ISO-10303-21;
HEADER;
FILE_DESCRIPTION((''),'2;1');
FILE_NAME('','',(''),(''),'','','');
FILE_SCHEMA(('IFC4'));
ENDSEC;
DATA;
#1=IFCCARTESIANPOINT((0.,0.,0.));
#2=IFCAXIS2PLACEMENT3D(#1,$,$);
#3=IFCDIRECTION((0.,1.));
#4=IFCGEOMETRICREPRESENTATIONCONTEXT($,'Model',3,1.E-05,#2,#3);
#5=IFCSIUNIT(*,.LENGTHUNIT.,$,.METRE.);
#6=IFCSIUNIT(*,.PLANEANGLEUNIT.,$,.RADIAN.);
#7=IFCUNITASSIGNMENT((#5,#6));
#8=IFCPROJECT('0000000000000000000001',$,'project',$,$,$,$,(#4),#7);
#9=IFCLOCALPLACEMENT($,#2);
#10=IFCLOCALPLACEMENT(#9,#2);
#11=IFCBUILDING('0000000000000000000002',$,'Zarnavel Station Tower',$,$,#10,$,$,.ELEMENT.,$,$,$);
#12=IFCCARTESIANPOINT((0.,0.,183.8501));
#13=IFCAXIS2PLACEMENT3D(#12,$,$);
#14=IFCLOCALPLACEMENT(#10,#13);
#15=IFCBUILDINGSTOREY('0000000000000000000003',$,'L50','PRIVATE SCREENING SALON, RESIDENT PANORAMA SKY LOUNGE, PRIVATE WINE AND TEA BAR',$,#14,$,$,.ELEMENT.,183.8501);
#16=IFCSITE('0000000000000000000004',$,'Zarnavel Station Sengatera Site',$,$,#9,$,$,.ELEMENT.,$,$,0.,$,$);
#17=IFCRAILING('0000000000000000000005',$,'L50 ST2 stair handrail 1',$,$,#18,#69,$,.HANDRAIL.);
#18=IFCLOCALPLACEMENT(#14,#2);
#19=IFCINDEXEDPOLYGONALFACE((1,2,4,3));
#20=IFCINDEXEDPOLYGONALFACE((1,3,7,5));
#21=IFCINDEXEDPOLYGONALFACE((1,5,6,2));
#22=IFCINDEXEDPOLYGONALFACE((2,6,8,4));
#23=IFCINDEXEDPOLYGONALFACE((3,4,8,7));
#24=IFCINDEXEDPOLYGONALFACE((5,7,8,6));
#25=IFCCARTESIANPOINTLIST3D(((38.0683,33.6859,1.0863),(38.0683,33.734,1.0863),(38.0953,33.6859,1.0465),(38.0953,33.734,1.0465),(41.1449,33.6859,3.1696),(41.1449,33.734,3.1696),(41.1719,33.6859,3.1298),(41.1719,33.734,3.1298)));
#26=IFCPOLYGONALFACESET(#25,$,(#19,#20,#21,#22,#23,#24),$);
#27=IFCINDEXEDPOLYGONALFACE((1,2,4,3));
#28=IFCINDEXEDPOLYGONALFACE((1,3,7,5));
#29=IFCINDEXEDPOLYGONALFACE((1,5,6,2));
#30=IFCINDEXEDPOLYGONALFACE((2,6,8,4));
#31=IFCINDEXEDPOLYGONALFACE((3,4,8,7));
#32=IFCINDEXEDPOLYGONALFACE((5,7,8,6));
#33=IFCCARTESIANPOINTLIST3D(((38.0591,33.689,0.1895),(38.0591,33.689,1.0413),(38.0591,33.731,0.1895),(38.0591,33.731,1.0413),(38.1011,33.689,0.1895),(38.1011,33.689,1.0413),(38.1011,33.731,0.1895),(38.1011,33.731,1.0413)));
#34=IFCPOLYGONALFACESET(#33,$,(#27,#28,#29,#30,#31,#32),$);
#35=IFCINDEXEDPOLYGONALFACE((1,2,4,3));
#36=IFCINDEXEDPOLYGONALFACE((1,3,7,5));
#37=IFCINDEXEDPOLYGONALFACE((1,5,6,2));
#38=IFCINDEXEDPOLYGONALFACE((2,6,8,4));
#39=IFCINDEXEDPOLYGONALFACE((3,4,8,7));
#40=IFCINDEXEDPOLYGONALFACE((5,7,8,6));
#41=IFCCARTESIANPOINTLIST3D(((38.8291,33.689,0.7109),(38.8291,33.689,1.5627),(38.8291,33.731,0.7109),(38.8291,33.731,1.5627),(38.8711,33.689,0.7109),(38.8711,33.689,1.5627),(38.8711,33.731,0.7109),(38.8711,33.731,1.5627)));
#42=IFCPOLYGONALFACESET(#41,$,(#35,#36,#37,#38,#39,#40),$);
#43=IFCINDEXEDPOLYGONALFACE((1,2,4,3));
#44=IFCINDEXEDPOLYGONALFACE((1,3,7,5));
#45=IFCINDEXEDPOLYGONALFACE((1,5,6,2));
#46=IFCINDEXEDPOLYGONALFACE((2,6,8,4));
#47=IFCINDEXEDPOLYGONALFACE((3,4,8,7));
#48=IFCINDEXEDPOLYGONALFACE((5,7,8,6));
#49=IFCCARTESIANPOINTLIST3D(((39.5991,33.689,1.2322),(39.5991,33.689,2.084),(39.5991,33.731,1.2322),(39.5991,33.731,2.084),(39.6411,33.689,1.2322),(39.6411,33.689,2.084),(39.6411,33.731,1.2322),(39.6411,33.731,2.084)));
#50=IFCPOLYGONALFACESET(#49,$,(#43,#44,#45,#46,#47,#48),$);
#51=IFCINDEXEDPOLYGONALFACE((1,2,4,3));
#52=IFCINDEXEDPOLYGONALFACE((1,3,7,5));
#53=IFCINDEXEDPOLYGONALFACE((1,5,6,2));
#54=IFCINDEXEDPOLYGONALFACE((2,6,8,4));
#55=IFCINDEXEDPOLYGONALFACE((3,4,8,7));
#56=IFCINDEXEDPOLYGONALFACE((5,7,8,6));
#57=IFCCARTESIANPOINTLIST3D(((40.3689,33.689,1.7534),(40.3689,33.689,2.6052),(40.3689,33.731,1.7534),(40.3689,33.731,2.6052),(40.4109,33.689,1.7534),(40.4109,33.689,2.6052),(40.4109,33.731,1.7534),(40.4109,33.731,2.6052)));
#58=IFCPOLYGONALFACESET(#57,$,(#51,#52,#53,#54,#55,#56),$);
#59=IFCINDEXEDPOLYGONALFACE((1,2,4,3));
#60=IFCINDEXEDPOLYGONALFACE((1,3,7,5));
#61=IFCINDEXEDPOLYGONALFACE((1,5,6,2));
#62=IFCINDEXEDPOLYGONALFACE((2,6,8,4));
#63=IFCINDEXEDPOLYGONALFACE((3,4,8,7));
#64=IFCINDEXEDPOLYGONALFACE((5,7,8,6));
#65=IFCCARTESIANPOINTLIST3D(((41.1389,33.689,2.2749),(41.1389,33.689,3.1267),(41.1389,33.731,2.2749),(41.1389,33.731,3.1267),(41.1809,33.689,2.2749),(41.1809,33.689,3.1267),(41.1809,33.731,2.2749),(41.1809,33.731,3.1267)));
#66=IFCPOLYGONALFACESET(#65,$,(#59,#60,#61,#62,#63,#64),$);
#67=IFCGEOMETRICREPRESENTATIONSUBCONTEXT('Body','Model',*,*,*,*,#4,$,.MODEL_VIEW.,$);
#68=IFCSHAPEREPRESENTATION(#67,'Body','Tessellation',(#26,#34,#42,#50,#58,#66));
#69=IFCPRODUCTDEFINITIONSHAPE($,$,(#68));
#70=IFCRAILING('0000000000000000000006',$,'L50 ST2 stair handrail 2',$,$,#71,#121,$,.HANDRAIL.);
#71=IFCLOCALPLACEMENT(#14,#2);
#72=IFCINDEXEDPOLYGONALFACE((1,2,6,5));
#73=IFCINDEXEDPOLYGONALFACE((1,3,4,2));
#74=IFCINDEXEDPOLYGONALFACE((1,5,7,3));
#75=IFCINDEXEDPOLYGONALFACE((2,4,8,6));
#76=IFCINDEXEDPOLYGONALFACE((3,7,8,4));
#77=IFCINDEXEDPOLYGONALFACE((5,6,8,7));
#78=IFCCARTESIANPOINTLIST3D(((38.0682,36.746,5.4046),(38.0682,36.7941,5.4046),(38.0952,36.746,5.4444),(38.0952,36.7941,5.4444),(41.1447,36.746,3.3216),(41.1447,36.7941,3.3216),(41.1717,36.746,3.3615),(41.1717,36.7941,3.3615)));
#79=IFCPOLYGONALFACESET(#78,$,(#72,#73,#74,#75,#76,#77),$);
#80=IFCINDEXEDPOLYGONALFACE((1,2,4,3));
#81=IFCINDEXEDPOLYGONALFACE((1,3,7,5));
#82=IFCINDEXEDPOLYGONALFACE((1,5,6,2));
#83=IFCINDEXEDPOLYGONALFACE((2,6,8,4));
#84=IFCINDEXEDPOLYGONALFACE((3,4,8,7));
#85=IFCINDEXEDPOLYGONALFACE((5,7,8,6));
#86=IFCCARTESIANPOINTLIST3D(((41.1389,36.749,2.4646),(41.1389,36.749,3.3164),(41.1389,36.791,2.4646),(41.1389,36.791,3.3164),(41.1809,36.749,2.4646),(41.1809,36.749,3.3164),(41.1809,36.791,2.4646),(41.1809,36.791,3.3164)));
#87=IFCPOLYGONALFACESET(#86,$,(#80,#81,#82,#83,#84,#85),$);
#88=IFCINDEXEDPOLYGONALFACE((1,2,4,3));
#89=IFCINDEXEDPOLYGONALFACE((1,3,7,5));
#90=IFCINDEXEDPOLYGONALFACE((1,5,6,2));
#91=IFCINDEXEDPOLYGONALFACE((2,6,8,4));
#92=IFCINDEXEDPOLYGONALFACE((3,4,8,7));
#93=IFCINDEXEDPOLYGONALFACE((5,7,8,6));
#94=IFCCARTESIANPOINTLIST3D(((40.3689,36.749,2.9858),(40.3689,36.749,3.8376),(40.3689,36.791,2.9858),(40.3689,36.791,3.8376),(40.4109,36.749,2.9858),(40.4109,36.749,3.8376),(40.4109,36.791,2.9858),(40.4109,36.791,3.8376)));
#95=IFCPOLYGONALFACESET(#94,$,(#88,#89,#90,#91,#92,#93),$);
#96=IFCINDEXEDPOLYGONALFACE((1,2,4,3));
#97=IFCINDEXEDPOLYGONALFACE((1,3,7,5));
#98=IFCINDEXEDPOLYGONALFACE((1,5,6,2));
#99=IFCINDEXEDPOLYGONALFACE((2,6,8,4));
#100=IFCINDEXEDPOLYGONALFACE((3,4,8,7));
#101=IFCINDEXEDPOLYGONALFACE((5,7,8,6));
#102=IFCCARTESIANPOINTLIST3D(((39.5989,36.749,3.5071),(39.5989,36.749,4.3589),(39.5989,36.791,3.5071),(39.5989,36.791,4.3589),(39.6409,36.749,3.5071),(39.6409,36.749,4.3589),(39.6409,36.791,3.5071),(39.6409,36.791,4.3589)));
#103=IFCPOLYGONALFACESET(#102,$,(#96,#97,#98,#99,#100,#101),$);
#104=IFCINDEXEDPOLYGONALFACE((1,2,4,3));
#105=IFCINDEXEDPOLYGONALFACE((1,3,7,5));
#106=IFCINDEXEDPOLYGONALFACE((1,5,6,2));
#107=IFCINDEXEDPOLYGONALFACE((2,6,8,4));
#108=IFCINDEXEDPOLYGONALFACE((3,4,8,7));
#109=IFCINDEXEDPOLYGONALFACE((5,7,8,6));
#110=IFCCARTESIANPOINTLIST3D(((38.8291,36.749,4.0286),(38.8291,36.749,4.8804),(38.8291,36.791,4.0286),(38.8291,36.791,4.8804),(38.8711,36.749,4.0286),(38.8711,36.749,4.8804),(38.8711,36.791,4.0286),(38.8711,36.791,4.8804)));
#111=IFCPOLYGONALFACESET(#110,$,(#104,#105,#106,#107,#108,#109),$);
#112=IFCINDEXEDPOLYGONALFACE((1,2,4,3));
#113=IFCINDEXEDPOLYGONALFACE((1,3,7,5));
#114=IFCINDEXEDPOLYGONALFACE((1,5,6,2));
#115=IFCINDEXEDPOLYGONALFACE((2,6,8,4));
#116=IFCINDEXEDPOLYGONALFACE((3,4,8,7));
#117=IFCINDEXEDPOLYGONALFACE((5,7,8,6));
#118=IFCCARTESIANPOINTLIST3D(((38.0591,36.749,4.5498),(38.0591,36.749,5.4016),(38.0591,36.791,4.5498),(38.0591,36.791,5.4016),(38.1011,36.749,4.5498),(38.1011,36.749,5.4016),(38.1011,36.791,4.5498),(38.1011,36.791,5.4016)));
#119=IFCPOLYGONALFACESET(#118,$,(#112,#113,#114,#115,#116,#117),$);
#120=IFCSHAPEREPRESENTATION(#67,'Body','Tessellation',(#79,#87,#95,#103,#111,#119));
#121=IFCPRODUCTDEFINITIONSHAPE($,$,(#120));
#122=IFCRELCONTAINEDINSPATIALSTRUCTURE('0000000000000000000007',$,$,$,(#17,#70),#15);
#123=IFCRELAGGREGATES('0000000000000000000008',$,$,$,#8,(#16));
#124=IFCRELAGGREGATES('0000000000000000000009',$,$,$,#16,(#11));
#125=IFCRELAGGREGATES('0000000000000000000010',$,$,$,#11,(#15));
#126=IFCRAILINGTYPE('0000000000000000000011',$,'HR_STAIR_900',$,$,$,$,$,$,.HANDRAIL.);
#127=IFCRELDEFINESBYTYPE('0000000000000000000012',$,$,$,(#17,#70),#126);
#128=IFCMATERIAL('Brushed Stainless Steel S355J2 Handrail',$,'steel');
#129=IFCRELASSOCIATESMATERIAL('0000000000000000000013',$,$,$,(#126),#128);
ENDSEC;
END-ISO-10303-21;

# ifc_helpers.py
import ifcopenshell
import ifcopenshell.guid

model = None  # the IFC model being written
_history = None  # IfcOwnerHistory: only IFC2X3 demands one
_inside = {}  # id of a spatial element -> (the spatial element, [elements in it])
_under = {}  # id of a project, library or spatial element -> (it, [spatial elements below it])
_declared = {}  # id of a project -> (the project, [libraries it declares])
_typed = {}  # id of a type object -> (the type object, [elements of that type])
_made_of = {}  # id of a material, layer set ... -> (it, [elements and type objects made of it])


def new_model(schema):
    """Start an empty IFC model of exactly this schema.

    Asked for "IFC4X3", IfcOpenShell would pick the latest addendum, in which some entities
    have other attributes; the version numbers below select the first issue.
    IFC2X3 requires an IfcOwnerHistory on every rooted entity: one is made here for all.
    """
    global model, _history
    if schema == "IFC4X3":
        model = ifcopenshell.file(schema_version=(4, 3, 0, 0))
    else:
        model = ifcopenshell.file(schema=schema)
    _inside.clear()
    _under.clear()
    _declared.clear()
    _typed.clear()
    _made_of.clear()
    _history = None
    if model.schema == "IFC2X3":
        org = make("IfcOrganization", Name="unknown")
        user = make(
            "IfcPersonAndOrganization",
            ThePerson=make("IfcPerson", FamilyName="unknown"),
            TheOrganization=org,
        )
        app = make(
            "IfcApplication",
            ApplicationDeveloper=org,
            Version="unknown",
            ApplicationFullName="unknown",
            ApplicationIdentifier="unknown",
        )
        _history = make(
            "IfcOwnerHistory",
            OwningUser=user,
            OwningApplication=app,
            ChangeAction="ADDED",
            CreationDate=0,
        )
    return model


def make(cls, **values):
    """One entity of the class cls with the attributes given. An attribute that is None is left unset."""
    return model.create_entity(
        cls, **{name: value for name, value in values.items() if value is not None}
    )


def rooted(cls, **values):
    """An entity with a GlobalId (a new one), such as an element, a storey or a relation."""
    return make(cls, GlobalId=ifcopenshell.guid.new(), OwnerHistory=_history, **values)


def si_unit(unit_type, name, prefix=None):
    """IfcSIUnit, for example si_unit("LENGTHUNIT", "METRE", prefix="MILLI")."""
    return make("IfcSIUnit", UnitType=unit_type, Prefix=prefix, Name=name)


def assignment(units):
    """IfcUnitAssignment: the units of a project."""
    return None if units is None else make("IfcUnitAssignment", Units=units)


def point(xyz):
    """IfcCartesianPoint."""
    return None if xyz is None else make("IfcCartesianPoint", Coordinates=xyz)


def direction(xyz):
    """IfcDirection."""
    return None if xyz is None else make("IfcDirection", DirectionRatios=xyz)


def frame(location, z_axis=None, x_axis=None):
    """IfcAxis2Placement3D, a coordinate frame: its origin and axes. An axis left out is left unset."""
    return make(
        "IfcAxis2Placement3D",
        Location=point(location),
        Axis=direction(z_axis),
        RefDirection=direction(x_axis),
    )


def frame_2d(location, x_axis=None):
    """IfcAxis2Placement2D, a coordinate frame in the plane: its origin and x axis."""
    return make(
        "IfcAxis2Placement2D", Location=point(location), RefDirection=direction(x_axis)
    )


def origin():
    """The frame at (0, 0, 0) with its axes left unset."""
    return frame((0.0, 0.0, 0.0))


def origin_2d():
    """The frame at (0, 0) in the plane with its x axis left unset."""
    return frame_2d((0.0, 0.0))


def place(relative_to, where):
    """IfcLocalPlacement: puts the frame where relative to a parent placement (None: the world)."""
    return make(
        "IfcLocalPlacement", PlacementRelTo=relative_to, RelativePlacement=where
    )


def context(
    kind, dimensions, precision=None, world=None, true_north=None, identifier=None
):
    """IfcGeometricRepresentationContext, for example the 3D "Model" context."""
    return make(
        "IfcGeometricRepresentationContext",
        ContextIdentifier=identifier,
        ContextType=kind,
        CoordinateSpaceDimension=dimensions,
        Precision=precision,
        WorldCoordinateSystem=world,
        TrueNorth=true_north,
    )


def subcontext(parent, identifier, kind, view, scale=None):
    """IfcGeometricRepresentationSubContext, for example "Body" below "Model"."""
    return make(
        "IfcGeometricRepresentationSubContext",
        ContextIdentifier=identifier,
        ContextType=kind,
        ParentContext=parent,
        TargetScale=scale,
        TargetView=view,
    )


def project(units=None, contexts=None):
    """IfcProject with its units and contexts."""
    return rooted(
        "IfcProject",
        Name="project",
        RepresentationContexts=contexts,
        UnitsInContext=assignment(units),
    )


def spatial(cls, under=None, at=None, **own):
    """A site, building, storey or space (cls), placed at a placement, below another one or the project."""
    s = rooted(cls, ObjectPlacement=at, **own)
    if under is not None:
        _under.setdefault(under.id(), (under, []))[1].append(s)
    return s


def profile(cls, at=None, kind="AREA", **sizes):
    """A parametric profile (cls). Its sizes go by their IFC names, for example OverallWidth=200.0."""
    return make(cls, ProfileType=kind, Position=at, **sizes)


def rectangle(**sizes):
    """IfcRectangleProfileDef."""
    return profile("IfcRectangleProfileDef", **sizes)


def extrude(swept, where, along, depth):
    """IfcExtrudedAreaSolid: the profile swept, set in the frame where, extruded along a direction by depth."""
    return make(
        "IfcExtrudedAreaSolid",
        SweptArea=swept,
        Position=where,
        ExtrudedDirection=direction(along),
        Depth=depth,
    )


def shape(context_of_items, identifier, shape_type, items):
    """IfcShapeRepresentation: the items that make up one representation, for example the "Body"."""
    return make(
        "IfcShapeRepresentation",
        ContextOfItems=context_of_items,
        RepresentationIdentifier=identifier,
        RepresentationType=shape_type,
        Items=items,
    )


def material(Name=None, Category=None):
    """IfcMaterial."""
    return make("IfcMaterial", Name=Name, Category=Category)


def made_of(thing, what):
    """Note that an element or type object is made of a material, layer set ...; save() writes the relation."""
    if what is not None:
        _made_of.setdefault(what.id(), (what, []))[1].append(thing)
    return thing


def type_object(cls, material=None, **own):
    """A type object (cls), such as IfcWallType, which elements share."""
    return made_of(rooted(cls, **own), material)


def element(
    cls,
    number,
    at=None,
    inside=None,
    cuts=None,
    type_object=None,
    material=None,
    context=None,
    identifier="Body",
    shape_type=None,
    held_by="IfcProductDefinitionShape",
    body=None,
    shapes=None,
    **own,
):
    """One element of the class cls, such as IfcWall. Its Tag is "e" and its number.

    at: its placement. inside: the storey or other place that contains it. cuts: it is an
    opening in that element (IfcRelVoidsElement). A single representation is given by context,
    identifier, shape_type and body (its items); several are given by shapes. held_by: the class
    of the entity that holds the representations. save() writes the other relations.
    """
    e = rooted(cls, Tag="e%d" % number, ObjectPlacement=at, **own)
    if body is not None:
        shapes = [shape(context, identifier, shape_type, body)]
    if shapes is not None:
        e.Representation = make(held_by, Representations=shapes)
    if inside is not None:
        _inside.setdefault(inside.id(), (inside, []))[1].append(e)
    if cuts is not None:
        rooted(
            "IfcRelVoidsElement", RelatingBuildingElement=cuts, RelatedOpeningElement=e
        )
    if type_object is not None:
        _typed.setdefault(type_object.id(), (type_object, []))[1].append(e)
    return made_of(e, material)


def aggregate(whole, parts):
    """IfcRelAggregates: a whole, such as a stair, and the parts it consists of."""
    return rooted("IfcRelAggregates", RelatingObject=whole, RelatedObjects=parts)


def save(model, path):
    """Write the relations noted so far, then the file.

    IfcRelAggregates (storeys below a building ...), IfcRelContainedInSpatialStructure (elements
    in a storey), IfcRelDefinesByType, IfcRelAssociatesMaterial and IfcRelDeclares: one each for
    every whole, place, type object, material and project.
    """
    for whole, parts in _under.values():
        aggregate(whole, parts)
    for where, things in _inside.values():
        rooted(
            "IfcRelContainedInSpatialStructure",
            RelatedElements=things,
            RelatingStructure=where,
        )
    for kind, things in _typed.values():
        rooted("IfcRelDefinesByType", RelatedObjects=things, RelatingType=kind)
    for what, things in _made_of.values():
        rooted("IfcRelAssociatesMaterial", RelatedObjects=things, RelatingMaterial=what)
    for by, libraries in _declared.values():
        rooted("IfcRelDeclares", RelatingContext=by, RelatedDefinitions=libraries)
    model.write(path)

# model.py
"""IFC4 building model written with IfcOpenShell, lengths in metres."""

from ifc_helpers import new_model, si_unit, direction, frame, origin, origin_2d, place, context, subcontext, project, spatial, rectangle, extrude, material, type_object, element, save


model = new_model("IFC4")

# Units and contexts
model_context = context("Model", 3, precision=1e-05, world=origin(), true_north=direction((0.0, 1.0)))
body_context = subcontext(model_context, "Body", "Model", "MODEL_VIEW")
ifc_project = project(units=[si_unit("LENGTHUNIT", "METRE"), si_unit("PLANEANGLEUNIT", "RADIAN")], contexts=[model_context])

# Site, building, storey
site_placement = place(None, origin())
site = spatial("IfcSite", under=ifc_project, at=site_placement, Name="Zarnavel Station Sengatera Site", CompositionType="ELEMENT", RefElevation=0.0)
building_placement = place(site_placement, origin())
building = spatial("IfcBuilding", under=site, at=building_placement, Name="Zarnavel Station Tower", CompositionType="ELEMENT")
storey_placement = place(building_placement, frame((0.0, 0.0, 183.8501)))
storey = spatial("IfcBuildingStorey", under=building, at=storey_placement, Name="L50", Description="PRIVATE SCREENING SALON, RESIDENT PANORAMA SKY LOUNGE, PRIVATE WINE AND TEA BAR", CompositionType="ELEMENT", Elevation=183.8501)

# Railings
ifc_material_1 = material(Name="Brushed Stainless Steel S355J2 Handrail", Category="steel")
railing_type_1 = type_object("IfcRailingType", Name="HR_STAIR_900", PredefinedType="HANDRAIL", material=ifc_material_1)
railing_1_placement = place(storey_placement, frame((38.0801, 33.71, 0.1895)))
element("IfcRailing", 1, at=railing_1_placement, inside=storey, type_object=railing_type_1, Name="L50 ST2 stair handrail 1", PredefinedType="HANDRAIL", context=body_context, shape_type="SweptSolid", body=[
    extrude(rectangle(XDim=0.0481, YDim=0.0481, at=origin_2d()), frame((0.0017, 0.0, 0.877), z_axis=(0.82803, 0.0, 0.560684), x_axis=(0.0, 1.0, 0.0)), (0.0, 0.0, 1.0), 3.7156),
    extrude(rectangle(XDim=0.042, YDim=0.042, at=origin_2d()), origin(), (0.0, 0.0, 1.0), 0.8518),
    extrude(rectangle(XDim=0.042, YDim=0.042, at=origin_2d()), frame((0.77, 0.0, 0.5215)), (0.0, 0.0, 1.0), 0.8518),
    extrude(rectangle(XDim=0.042, YDim=0.042, at=origin_2d()), frame((1.54, 0.0, 1.0427)), (0.0, 0.0, 1.0), 0.8518),
    extrude(rectangle(XDim=0.042, YDim=0.042, at=origin_2d()), frame((2.3098, 0.0, 1.564)), (0.0, 0.0, 1.0), 0.8518),
    extrude(rectangle(XDim=0.042, YDim=0.042, at=origin_2d()), frame((3.0798, 0.0, 2.0854)), (0.0, 0.0, 1.0), 0.8518),
])
railing_2_placement = place(storey_placement, frame((41.1599, 36.77, 2.4646)))
element("IfcRailing", 2, at=railing_2_placement, inside=storey, type_object=railing_type_1, Name="L50 ST2 stair handrail 2", PredefinedType="HANDRAIL", context=body_context, shape_type="SweptSolid", body=[
    extrude(rectangle(XDim=0.0481, YDim=0.0481, at=origin_2d()), frame((-0.0017, 0.0, 0.877), z_axis=(-0.82806, 0.0, 0.560639), x_axis=(0.0, -1.0, 0.0)), (0.0, 0.0, 1.0), 3.7153),
    extrude(rectangle(XDim=0.042, YDim=0.042, at=origin_2d()), origin(), (0.0, 0.0, 1.0), 0.8518),
    extrude(rectangle(XDim=0.042, YDim=0.042, at=origin_2d()), frame((-0.77, 0.0, 0.5212)), (0.0, 0.0, 1.0), 0.8518),
    extrude(rectangle(XDim=0.042, YDim=0.042, at=origin_2d()), frame((-1.54, 0.0, 1.0425)), (0.0, 0.0, 1.0), 0.8518),
    extrude(rectangle(XDim=0.042, YDim=0.042, at=origin_2d()), frame((-2.3098, 0.0, 1.564)), (0.0, 0.0, 1.0), 0.8518),
    extrude(rectangle(XDim=0.042, YDim=0.042, at=origin_2d()), frame((-3.0798, 0.0, 2.0852)), (0.0, 0.0, 1.0), 0.8518),
])

save(model, "model.ifc")
